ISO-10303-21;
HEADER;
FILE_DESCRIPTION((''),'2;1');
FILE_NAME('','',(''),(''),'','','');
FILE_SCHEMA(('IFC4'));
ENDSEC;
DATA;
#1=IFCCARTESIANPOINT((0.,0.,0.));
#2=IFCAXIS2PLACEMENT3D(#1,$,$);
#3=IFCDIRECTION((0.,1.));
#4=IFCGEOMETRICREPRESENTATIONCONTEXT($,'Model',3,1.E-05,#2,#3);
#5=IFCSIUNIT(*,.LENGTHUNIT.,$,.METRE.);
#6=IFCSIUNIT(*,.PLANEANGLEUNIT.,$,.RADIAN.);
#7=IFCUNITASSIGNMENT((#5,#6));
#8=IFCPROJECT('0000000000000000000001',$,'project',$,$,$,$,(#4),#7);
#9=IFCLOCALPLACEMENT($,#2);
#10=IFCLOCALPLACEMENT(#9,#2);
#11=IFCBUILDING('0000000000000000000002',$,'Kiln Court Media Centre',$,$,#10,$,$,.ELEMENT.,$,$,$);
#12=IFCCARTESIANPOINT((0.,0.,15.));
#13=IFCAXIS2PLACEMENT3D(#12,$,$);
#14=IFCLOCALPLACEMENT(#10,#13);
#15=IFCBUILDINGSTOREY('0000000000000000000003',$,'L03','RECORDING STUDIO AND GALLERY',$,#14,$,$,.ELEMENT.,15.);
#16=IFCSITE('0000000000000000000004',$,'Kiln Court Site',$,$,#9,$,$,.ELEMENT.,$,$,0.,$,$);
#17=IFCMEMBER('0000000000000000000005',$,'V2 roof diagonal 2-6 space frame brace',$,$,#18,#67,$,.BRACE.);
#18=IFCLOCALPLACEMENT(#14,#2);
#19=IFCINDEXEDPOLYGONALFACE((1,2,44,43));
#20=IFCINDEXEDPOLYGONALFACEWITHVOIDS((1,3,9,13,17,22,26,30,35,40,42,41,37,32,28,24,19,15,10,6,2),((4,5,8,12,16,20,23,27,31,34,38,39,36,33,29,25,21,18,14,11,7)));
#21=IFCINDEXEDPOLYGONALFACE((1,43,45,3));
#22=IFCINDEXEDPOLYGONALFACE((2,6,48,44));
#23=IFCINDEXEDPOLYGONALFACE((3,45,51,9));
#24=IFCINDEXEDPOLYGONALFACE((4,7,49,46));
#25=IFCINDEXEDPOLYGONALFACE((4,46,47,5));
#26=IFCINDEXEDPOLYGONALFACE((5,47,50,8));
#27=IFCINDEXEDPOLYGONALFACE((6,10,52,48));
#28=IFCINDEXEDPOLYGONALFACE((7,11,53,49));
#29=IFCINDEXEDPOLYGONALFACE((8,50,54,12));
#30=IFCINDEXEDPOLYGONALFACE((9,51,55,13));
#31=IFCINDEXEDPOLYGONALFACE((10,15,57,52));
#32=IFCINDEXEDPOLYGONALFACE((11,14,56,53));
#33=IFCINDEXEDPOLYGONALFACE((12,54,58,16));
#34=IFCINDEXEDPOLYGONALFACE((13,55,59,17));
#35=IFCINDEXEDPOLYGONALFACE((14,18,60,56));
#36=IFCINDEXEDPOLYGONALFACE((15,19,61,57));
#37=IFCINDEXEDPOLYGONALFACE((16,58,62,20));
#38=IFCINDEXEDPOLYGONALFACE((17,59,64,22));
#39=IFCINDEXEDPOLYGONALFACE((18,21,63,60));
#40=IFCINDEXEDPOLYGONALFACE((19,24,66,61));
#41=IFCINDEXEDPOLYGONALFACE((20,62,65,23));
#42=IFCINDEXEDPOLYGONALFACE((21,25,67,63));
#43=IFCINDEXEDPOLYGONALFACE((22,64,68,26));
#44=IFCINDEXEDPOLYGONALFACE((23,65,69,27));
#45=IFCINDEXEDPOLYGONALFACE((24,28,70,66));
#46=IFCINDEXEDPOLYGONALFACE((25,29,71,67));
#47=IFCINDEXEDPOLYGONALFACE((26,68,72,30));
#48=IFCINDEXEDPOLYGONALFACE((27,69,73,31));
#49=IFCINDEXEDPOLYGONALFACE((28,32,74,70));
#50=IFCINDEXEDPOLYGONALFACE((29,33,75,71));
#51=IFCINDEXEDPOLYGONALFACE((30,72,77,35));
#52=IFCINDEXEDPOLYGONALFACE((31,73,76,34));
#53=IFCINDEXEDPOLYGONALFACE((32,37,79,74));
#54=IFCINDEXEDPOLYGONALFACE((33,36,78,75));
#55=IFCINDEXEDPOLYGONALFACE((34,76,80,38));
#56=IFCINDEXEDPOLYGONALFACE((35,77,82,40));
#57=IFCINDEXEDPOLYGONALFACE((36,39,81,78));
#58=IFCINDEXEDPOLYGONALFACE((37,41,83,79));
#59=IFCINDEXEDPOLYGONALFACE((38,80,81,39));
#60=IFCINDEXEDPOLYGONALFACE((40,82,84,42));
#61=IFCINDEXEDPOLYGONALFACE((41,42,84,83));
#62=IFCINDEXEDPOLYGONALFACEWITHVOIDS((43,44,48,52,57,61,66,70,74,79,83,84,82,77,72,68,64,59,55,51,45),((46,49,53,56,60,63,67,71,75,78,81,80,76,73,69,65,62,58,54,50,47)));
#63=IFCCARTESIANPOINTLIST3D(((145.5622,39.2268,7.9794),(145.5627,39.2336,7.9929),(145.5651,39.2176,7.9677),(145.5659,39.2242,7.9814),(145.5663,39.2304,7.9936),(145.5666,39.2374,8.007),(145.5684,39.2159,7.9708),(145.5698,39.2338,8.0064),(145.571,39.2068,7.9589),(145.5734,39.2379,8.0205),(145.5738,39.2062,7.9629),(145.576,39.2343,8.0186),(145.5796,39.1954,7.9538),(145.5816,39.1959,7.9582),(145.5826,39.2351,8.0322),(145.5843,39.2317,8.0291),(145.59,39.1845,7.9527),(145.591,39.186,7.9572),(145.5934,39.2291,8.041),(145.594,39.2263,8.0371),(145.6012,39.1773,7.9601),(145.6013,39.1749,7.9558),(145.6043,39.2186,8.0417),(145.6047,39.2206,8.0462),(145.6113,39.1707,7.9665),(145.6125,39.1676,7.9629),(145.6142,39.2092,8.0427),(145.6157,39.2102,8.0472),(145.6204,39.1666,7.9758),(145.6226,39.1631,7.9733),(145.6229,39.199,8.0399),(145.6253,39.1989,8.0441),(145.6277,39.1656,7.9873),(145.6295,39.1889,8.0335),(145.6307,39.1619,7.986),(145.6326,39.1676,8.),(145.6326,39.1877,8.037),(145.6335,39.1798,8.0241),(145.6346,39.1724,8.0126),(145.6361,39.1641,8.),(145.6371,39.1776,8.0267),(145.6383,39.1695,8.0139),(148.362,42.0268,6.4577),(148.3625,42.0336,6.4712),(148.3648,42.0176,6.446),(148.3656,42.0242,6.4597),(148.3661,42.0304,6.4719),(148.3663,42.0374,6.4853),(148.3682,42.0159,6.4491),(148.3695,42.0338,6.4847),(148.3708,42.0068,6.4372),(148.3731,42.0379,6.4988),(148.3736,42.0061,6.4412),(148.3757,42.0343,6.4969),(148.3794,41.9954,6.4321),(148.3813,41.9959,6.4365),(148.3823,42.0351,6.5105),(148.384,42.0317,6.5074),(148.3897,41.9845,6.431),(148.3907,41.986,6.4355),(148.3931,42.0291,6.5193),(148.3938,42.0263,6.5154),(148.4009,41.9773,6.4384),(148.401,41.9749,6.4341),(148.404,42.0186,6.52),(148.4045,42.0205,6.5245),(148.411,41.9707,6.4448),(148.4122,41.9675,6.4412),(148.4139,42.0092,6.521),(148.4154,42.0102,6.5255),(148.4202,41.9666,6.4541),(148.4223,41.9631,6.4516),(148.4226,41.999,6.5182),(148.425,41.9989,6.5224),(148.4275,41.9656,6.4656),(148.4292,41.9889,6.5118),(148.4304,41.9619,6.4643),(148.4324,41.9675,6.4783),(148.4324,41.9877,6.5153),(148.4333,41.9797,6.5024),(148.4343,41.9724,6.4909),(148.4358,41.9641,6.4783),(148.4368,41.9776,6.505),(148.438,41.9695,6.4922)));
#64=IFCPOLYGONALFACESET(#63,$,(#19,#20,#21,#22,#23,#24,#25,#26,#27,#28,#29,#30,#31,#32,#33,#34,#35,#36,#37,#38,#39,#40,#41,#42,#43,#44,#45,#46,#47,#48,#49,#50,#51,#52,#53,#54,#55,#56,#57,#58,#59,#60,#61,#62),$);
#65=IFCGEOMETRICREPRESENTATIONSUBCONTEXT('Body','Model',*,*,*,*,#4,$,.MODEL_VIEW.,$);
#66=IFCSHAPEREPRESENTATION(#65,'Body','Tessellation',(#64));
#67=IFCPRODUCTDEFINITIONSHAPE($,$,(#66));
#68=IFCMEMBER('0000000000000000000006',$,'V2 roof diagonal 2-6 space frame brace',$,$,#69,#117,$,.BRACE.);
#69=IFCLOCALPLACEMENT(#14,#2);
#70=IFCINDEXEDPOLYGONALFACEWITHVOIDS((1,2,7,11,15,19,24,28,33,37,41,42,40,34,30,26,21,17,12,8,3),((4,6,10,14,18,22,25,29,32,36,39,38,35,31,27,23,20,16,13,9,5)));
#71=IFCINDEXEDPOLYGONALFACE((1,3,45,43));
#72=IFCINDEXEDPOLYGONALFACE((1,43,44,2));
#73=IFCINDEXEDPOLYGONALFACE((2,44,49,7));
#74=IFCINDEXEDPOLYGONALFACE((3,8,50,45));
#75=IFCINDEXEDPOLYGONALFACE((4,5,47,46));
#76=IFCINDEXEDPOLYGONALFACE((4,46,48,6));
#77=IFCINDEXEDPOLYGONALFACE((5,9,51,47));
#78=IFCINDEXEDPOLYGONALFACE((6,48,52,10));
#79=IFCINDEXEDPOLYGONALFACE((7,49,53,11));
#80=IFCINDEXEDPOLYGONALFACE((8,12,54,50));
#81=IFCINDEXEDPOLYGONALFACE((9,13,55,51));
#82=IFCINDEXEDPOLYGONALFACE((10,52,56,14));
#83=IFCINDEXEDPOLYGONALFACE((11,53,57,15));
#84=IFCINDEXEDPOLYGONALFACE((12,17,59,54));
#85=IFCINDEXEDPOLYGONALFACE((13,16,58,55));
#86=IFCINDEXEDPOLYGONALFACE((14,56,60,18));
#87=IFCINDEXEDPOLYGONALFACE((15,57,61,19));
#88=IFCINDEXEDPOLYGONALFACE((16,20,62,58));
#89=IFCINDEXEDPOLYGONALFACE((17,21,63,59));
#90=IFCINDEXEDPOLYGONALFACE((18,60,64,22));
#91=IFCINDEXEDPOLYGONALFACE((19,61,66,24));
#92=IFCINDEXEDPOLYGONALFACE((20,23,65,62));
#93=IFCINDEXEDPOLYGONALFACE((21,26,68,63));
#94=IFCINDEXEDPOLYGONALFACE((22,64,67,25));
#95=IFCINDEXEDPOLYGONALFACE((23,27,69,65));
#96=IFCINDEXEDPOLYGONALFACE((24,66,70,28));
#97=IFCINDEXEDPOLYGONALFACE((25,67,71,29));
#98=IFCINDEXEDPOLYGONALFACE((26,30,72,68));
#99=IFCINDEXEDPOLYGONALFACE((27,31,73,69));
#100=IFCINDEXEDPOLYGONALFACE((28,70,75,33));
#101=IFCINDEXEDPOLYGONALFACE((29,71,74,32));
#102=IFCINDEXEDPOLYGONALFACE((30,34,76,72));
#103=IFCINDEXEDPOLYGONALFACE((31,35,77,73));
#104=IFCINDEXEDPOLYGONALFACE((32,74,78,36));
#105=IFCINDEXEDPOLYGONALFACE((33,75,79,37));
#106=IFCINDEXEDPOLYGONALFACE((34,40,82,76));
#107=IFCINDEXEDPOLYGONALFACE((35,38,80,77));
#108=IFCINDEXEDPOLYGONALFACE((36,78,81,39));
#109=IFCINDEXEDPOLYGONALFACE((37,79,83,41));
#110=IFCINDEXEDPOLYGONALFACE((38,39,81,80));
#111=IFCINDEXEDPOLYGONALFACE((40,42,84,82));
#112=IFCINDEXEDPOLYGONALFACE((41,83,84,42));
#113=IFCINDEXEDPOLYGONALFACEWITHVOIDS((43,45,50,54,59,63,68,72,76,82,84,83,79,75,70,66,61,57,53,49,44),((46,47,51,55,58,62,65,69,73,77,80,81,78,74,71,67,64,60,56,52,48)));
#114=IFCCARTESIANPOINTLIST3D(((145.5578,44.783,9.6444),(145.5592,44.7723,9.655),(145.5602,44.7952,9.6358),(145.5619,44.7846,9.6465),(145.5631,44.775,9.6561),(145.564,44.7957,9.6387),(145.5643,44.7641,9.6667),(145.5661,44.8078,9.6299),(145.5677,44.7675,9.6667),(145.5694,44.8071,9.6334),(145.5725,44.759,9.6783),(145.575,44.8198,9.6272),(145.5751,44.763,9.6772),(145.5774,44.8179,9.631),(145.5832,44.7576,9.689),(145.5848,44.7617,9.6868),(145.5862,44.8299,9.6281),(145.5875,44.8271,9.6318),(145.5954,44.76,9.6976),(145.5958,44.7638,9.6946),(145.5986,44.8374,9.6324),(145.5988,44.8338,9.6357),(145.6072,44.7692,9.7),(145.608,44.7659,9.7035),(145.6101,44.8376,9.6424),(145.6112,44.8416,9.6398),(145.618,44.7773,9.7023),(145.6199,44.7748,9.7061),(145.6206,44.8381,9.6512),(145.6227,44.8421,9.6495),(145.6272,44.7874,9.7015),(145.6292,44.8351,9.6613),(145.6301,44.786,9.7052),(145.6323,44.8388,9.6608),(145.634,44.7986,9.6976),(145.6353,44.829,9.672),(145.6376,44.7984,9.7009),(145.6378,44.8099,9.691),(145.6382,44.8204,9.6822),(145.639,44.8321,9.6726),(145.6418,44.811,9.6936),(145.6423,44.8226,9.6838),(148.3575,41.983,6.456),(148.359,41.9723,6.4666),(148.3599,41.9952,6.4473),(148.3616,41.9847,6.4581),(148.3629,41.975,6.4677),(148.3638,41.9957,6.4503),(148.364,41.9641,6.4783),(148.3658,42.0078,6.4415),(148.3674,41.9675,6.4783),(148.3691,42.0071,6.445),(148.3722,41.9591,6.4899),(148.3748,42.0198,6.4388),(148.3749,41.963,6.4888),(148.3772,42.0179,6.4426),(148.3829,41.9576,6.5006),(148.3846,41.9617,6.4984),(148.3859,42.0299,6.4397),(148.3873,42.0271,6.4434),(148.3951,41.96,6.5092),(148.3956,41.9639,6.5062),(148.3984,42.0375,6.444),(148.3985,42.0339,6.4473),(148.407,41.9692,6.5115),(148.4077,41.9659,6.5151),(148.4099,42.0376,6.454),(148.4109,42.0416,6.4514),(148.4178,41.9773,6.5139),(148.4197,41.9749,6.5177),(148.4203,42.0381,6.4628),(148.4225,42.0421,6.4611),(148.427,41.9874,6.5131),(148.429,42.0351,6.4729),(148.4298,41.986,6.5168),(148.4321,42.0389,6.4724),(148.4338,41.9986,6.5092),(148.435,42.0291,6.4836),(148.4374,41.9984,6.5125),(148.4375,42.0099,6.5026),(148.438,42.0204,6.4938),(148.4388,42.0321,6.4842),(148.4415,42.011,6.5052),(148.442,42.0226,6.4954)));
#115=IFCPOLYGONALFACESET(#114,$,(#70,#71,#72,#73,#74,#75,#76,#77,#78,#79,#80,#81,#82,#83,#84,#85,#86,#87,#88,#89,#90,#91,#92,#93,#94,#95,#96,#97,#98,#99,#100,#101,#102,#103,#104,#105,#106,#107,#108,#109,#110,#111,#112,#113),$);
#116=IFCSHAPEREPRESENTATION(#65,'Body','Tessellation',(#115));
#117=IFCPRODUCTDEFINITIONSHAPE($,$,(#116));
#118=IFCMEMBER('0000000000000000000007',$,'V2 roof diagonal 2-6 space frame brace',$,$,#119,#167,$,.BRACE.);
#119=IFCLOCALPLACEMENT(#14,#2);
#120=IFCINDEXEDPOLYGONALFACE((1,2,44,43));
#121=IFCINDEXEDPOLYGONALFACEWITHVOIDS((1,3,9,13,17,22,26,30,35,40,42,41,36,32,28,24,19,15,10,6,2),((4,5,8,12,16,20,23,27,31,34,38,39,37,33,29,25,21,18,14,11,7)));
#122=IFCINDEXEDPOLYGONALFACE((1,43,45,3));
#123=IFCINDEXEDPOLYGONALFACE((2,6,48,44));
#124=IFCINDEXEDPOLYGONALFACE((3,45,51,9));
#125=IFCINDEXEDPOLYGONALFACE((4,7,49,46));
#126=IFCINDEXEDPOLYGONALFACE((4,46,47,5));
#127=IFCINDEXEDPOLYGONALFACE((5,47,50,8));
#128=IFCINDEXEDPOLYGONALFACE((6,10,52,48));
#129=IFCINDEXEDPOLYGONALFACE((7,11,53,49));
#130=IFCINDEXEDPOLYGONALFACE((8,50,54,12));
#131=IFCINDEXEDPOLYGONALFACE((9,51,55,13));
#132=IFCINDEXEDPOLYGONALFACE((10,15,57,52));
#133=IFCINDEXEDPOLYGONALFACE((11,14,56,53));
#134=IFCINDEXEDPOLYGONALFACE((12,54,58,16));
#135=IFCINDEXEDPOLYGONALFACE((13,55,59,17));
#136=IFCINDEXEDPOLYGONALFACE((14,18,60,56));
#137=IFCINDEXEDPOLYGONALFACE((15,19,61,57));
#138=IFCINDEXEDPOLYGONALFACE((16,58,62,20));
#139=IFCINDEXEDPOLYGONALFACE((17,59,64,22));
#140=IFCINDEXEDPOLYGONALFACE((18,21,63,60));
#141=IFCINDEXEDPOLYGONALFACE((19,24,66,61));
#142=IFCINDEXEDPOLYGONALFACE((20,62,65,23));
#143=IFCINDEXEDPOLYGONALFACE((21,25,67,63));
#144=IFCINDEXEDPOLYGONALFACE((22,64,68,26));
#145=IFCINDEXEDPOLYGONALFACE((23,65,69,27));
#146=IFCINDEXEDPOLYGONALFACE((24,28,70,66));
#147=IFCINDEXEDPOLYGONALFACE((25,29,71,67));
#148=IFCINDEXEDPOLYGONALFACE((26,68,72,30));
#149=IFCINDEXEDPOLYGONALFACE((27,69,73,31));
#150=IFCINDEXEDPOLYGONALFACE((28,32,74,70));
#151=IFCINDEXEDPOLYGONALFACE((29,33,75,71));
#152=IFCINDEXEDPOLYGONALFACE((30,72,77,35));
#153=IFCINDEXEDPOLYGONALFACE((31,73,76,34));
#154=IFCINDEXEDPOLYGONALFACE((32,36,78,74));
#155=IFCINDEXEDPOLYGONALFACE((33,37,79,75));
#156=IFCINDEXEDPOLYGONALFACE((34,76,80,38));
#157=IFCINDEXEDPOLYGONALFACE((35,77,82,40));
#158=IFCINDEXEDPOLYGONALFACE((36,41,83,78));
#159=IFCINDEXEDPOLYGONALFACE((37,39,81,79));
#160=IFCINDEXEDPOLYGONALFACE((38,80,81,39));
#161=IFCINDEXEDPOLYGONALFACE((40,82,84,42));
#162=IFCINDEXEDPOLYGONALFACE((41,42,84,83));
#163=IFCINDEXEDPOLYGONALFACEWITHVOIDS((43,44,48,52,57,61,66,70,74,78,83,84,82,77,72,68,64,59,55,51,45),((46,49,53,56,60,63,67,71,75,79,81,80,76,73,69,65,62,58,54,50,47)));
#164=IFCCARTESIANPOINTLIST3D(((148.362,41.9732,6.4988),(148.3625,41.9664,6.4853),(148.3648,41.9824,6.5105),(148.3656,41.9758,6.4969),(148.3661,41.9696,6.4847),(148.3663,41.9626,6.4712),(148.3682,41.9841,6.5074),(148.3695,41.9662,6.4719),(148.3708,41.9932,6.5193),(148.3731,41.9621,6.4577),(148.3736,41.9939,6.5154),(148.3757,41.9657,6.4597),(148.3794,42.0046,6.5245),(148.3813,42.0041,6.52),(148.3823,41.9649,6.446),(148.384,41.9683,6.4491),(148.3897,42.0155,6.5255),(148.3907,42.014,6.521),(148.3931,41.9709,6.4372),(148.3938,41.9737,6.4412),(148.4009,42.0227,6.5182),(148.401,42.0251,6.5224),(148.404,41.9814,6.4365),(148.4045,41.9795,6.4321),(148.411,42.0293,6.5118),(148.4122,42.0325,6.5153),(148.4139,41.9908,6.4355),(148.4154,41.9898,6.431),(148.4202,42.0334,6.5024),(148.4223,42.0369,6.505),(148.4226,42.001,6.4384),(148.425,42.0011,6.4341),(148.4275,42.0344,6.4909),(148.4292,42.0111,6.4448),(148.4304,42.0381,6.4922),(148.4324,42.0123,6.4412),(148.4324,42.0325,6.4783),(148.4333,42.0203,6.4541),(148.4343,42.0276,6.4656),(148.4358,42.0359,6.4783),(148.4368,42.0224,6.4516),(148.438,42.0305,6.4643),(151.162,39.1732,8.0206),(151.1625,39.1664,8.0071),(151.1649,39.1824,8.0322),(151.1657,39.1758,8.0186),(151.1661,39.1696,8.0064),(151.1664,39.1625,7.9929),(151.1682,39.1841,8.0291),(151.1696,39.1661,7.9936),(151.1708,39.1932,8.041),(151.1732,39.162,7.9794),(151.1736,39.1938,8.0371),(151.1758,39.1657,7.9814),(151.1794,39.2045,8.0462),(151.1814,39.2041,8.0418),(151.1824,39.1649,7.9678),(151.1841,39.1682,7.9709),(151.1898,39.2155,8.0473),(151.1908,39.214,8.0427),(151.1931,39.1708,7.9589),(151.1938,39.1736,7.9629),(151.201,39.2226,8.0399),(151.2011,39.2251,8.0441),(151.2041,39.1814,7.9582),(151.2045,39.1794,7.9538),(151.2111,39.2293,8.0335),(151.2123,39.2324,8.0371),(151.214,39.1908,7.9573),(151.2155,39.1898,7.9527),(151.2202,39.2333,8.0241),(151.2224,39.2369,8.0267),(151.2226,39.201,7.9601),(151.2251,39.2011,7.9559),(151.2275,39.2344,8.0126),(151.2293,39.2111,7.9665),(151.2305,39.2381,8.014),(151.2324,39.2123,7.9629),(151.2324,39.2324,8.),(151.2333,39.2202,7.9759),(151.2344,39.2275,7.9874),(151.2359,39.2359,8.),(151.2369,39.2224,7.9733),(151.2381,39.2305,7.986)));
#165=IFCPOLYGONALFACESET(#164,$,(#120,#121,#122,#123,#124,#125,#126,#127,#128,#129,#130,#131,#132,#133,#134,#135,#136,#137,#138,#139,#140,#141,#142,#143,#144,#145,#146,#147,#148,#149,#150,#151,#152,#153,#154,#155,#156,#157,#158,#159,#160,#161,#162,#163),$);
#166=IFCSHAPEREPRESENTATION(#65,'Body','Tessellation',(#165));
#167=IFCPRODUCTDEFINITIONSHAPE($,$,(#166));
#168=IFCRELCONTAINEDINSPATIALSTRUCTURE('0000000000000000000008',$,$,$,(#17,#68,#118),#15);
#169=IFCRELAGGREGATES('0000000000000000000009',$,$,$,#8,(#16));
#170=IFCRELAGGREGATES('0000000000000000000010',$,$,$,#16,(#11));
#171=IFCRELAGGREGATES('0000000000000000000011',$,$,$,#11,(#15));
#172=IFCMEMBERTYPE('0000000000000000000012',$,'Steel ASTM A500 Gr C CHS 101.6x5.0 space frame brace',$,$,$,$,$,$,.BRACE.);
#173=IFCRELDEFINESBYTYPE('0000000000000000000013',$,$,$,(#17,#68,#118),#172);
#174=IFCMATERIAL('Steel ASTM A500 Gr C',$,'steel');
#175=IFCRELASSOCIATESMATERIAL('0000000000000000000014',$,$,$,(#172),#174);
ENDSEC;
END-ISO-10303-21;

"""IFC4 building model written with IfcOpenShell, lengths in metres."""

from ifc_helpers import new_model, si_unit, direction, frame, origin, origin_2d, place, context, subcontext, project, spatial, hollow_circle, extrude, material, material_profile, profile_set, type_object, element, save


model = new_model("IFC4")

# Units and contexts
model_context = context("Model", 3, precision=1e-05, world=origin(), true_north=direction((0.0, 1.0)))
body_context = subcontext(model_context, "Body", "Model", "MODEL_VIEW")
ifc_project = project(units=[si_unit("LENGTHUNIT", "METRE"), si_unit("PLANEANGLEUNIT", "RADIAN")], contexts=[model_context])

# Site, building, storey
site_placement = place(None, origin())
site = spatial("IfcSite", under=ifc_project, at=site_placement, Name="Kiln Court Site", CompositionType="ELEMENT", RefElevation=0.0)
building_placement = place(site_placement, origin())
building = spatial("IfcBuilding", under=site, at=building_placement, Name="Kiln Court Media Centre", CompositionType="ELEMENT")
storey_placement = place(building_placement, frame((0.0, 0.0, 15.0)))
storey = spatial("IfcBuildingStorey", under=building, at=storey_placement, Name="L03", Description="RECORDING STUDIO AND GALLERY", CompositionType="ELEMENT", Elevation=15.0)

# Members
ifc_material_1 = material(Name="Steel ASTM A500 Gr C", Category="steel")
ifc_material_profile_1 = material_profile(ifc_material_1, hollow_circle(Radius=0.0508, WallThickness=0.0049, at=origin_2d()), Name="CHS 101.6x5.0")
ifc_profile_set_1 = profile_set([ifc_material_profile_1], Name="Steel ASTM A500 Gr C")
member_type_1 = type_object("IfcMemberType", Name="Steel ASTM A500 Gr C CHS 101.6x5.0 space frame brace", PredefinedType="BRACE", material=ifc_profile_set_1)
member_1_placement = place(storey_placement, frame((148.3999, 42.0, 6.4783), z_axis=(-0.660015, -0.660073, 0.358726), x_axis=(0.707138, -0.707076, 0.0)))
element("IfcMember", 1, at=member_1_placement, inside=storey, type_object=member_type_1, Name="V2 roof diagonal 2-6 space frame brace", PredefinedType="BRACE", context=body_context, shape_type="SweptSolid", body=[
    extrude(hollow_circle(Radius=0.0508, WallThickness=0.0049, at=origin_2d()), origin(), (0.0, 0.0, 1.0), 4.2419),
])
member_2_placement = place(storey_placement, frame((148.3999, 42.0, 6.4783), z_axis=(-0.550725, 0.550773, 0.627177), x_axis=(-0.707138, -0.707076, 0.0)))
element("IfcMember", 2, at=member_2_placement, inside=storey, type_object=member_type_1, Name="V2 roof diagonal 2-6 space frame brace", PredefinedType="BRACE", context=body_context, shape_type="SweptSolid", body=[
    extrude(hollow_circle(Radius=0.0508, WallThickness=0.0049, at=origin_2d()), origin(), (0.0, 0.0, 1.0), 5.0837),
])
member_3_placement = place(storey_placement, frame((148.3999, 42.0, 6.4783), z_axis=(0.660047, -0.660047, 0.358713), x_axis=(0.707107, 0.707107, 0.0)))
element("IfcMember", 3, at=member_3_placement, inside=storey, type_object=member_type_1, Name="V2 roof diagonal 2-6 space frame brace", PredefinedType="BRACE", context=body_context, shape_type="SweptSolid", body=[
    extrude(hollow_circle(Radius=0.0508, WallThickness=0.0049, at=origin_2d()), origin(), (0.0, 0.0, 1.0), 4.2422),
])

save(model, "model.ifc")
